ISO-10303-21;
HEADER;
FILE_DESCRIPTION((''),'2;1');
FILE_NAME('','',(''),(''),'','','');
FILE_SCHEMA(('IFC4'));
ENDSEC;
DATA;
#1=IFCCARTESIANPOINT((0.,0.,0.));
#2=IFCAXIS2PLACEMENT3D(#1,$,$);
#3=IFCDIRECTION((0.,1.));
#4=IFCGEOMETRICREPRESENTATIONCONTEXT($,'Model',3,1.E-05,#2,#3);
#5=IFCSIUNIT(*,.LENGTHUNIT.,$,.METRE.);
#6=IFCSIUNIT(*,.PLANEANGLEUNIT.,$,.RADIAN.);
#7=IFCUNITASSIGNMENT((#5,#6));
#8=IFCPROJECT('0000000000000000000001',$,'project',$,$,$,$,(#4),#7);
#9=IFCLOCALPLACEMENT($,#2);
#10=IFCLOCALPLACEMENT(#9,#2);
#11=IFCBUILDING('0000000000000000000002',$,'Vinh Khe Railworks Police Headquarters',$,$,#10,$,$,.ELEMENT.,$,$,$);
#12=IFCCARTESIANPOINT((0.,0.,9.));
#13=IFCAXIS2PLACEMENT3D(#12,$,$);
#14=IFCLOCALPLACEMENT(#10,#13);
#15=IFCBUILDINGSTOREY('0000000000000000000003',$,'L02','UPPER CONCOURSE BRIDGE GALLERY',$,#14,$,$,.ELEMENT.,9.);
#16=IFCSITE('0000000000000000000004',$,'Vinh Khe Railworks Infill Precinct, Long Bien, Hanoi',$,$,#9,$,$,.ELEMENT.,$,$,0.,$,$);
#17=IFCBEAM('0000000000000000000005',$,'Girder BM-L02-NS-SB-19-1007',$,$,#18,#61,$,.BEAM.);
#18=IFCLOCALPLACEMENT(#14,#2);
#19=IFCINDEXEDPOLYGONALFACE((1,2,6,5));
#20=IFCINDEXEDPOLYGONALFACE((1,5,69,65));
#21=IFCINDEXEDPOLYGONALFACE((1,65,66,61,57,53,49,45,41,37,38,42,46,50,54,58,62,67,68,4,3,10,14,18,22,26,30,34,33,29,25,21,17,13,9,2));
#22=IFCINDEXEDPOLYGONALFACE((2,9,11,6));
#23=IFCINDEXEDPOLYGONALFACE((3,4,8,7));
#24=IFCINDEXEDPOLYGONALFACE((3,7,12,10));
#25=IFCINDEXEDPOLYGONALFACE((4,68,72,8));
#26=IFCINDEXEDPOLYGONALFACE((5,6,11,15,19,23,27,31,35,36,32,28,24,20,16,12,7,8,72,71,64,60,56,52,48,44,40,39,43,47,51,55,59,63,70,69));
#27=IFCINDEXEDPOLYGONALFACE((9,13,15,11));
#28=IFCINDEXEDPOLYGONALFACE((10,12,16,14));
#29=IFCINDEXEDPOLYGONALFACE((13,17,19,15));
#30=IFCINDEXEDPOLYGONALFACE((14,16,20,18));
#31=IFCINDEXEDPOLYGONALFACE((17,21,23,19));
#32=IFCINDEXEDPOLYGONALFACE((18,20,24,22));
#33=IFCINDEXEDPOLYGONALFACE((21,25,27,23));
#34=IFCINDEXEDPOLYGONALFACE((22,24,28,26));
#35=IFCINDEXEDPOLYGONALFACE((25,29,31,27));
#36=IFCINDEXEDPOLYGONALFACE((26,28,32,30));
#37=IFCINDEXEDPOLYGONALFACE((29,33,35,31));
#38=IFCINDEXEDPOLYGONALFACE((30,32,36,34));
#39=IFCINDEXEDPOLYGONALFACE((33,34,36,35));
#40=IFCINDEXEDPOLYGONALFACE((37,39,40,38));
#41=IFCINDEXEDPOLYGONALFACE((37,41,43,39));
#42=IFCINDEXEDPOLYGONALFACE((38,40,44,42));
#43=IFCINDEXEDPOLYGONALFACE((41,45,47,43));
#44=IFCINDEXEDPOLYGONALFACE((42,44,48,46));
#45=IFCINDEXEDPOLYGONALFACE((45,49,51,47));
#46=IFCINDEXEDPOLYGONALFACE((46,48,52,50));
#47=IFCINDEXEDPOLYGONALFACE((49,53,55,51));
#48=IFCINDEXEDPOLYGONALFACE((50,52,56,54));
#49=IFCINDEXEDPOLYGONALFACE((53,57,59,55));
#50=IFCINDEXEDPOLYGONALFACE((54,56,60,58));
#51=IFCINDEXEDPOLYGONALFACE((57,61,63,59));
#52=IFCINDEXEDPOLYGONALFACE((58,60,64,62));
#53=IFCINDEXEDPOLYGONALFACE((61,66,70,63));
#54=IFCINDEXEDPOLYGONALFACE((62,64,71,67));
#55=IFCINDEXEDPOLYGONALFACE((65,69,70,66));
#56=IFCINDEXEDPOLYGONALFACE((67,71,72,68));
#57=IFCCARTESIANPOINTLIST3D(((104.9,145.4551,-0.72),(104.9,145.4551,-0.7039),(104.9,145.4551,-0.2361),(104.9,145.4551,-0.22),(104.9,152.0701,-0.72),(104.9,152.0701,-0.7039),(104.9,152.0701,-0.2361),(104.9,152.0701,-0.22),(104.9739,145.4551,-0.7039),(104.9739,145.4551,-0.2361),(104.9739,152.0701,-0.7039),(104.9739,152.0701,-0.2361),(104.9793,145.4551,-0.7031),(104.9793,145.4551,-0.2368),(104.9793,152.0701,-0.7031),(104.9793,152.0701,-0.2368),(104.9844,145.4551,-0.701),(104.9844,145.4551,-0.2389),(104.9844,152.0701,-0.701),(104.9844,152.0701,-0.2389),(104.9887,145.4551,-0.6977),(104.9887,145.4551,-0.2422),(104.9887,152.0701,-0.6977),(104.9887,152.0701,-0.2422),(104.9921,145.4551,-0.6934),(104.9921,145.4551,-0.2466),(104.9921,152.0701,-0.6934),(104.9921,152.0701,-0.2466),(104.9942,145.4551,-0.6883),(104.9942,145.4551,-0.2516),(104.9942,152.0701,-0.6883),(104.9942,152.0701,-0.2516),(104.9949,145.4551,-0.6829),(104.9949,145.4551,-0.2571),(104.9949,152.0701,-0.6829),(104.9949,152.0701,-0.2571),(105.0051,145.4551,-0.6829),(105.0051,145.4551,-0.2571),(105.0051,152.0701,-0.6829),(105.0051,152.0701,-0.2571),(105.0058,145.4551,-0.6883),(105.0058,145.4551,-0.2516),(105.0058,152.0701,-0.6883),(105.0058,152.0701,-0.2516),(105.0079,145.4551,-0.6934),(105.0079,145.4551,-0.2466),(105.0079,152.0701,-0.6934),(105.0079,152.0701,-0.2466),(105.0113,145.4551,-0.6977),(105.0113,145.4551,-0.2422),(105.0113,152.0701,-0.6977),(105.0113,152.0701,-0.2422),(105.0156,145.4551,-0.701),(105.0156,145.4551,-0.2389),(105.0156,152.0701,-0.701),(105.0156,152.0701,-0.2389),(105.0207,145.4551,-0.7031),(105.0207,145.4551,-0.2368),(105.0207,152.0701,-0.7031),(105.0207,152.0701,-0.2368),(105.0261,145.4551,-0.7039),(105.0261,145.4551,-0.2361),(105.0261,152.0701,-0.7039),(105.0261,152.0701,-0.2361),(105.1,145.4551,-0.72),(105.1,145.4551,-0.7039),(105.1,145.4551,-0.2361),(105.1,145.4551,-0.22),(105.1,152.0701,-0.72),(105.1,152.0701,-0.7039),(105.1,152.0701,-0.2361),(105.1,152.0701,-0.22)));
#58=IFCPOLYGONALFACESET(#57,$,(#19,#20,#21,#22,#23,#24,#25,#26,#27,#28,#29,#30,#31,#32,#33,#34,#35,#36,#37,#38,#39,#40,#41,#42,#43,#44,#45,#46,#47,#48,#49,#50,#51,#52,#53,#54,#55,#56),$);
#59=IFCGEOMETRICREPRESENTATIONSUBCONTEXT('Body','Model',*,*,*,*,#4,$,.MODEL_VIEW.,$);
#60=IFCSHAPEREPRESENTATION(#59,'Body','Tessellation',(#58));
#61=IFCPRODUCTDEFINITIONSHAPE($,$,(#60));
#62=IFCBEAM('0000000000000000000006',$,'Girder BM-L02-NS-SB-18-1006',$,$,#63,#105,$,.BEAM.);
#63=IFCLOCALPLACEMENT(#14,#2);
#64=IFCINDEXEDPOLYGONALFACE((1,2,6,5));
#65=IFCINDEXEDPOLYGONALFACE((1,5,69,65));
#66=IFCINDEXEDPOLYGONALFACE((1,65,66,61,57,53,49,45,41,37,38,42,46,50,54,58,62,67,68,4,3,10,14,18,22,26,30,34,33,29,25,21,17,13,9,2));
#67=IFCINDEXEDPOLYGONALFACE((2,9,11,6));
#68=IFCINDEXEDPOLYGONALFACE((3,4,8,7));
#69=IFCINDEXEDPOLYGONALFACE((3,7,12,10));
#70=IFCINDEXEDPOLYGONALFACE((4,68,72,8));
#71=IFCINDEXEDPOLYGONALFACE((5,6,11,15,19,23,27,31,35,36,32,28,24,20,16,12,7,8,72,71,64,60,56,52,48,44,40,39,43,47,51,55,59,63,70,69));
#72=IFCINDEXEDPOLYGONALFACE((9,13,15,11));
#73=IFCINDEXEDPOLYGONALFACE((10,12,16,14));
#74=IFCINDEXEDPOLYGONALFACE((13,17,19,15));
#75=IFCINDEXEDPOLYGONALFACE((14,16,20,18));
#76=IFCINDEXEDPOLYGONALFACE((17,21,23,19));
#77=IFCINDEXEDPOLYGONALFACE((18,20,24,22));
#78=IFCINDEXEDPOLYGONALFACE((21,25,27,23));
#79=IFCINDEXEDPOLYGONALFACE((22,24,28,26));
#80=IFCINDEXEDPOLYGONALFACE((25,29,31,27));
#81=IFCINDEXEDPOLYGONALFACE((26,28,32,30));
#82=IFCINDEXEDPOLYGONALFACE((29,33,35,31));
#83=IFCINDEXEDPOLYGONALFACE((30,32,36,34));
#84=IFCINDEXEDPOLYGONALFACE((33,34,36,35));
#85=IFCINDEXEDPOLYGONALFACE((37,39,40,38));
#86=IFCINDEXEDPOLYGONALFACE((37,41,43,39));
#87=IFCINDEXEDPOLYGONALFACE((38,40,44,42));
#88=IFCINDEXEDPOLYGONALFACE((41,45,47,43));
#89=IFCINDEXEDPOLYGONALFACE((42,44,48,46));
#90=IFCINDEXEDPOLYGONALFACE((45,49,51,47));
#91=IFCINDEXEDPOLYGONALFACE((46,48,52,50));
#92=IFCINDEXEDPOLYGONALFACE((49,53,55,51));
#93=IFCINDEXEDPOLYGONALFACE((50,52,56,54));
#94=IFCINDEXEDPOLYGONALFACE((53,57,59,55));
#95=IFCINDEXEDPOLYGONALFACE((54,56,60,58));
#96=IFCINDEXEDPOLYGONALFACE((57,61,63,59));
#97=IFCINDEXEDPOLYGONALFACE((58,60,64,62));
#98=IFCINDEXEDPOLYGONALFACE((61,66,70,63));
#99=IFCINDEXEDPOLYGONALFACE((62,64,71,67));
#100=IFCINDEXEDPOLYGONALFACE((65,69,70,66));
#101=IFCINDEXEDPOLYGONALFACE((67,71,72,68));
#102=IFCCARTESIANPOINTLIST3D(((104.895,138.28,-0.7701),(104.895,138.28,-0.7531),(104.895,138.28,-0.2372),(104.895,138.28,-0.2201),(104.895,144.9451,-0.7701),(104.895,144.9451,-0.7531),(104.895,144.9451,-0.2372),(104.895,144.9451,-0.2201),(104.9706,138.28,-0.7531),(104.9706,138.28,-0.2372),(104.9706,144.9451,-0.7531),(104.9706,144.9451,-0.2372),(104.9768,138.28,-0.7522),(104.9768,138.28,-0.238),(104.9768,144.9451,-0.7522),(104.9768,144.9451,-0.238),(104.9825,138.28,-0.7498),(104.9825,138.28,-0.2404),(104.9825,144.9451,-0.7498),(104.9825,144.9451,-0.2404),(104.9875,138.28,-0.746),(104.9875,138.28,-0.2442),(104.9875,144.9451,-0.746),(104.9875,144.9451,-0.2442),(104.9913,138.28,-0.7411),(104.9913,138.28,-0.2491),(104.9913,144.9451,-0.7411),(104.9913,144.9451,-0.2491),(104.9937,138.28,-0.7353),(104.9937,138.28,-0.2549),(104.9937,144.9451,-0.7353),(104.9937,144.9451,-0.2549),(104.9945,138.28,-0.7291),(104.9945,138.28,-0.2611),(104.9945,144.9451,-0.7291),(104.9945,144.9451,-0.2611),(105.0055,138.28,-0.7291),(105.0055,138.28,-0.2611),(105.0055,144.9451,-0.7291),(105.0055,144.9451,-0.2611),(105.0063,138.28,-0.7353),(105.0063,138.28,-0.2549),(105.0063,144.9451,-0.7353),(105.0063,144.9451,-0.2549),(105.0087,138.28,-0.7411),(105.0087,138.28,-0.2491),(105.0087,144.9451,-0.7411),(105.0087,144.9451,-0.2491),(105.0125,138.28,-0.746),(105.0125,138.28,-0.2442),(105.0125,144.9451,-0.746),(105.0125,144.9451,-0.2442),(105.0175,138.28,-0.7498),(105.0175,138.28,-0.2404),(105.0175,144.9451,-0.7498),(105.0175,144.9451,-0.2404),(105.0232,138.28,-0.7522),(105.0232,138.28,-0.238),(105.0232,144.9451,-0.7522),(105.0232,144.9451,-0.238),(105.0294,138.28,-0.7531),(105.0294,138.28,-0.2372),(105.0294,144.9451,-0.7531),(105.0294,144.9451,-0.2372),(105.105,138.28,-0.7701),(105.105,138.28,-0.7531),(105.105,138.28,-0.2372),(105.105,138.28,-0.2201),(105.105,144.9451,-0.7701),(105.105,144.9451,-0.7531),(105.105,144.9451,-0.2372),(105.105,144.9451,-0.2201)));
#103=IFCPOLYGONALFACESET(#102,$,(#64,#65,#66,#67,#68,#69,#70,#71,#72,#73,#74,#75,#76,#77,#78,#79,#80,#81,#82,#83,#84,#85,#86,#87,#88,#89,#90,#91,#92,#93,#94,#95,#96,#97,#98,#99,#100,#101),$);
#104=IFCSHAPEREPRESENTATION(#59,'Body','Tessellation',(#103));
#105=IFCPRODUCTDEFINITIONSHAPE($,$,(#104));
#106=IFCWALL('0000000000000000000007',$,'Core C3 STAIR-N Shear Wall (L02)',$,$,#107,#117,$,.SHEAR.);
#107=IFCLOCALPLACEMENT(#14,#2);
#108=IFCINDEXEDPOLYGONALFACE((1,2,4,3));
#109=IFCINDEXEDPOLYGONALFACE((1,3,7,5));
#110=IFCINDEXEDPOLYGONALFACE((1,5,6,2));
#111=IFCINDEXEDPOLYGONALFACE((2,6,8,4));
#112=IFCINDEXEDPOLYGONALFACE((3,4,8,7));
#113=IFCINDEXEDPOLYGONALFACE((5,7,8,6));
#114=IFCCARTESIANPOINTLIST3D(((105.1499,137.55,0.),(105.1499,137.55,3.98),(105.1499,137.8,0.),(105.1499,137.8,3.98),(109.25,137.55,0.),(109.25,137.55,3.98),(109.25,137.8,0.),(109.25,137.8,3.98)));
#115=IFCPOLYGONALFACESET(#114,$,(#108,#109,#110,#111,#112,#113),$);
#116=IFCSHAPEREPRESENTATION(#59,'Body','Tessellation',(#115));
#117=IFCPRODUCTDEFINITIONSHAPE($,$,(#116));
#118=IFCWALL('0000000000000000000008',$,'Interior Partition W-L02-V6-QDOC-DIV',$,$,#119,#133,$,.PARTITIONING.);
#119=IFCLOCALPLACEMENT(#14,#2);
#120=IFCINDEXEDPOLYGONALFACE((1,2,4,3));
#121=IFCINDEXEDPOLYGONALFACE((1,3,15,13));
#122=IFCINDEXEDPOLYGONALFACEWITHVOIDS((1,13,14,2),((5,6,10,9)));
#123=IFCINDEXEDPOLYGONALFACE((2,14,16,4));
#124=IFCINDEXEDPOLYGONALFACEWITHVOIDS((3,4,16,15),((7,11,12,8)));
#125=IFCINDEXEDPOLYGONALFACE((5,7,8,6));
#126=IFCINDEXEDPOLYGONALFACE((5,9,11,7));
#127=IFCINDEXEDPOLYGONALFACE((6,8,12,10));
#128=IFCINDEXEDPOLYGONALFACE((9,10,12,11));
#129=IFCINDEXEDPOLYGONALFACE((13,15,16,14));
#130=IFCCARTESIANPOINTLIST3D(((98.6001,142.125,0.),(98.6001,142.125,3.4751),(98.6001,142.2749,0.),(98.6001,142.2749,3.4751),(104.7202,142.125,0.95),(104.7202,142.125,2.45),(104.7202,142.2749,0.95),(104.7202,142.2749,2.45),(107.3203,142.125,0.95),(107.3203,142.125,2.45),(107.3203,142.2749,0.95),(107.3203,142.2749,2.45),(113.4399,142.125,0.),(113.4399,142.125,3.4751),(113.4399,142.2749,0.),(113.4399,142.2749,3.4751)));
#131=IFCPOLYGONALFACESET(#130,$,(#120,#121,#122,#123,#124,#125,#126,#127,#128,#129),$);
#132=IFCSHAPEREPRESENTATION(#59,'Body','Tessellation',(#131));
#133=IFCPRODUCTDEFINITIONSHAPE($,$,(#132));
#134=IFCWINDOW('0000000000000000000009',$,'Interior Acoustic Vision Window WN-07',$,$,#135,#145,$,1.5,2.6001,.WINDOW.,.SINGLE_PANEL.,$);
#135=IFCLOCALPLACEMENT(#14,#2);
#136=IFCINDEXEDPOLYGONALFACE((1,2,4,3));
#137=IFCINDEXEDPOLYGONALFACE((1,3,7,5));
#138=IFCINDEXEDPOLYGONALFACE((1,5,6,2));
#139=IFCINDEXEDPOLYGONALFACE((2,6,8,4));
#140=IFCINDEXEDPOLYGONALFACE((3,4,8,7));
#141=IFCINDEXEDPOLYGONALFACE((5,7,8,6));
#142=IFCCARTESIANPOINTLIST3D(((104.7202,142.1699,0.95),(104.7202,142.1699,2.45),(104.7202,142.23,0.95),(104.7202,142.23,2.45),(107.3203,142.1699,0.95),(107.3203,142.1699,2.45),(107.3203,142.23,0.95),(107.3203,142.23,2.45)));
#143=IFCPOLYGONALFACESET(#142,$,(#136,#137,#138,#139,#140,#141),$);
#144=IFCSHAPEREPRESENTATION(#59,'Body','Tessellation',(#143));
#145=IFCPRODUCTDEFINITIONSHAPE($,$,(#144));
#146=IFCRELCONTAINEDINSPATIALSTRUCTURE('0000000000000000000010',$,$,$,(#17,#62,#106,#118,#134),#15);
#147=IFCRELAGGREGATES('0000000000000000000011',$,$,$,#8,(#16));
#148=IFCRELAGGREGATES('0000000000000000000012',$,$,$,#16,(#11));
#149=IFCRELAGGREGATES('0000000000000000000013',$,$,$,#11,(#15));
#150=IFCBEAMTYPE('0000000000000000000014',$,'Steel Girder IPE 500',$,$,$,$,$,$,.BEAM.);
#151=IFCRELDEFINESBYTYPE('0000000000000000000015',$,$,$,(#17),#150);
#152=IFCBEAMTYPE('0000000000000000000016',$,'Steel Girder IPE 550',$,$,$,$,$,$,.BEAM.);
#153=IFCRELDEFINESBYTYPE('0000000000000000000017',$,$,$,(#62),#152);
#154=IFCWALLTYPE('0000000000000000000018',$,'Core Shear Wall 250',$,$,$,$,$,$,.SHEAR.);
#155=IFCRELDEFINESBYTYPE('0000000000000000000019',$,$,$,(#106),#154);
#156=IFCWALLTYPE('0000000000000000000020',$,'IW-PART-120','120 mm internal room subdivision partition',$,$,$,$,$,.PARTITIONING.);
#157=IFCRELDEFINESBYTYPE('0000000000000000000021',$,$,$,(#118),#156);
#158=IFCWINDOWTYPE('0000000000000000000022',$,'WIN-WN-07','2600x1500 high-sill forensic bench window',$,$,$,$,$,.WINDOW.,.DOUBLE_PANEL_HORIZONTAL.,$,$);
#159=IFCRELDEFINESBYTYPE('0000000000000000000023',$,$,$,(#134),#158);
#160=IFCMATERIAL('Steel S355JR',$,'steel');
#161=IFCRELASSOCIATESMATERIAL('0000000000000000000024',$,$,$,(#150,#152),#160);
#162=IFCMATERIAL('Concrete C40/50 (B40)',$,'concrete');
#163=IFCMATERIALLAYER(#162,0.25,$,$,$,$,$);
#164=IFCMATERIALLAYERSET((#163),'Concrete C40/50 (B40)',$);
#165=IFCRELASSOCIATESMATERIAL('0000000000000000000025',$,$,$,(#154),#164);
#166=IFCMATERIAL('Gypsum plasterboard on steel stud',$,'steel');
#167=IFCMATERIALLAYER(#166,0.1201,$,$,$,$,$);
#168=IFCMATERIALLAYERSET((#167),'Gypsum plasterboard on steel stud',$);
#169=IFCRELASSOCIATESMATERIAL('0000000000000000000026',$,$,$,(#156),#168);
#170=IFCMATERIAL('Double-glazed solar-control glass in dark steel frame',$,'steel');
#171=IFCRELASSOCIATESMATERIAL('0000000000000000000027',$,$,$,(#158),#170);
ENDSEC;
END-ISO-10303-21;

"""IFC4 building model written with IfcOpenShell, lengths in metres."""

from ifc_helpers import new_model, si_unit, direction, frame, frame_2d, origin, origin_2d, place, context, subcontext, project, spatial, rectangle, i_section, extrude, material, layer, layer_set, material_profile, profile_set, type_object, element, fill, save


model = new_model("IFC4")

# Units and contexts
model_context = context("Model", 3, precision=1e-05, world=origin(), true_north=direction((0.0, 1.0)))
body_context = subcontext(model_context, "Body", "Model", "MODEL_VIEW")
ifc_project = project(units=[si_unit("LENGTHUNIT", "METRE"), si_unit("PLANEANGLEUNIT", "RADIAN")], contexts=[model_context])

# Site, building, storey
site_placement = place(None, origin())
site = spatial("IfcSite", under=ifc_project, at=site_placement, Name="Vinh Khe Railworks Infill Precinct, Long Bien, Hanoi", CompositionType="ELEMENT", RefElevation=0.0)
building_placement = place(site_placement, origin())
building = spatial("IfcBuilding", under=site, at=building_placement, Name="Vinh Khe Railworks Police Headquarters", CompositionType="ELEMENT")
storey_placement = place(building_placement, frame((0.0, 0.0, 9.0)))
storey = spatial("IfcBuildingStorey", under=building, at=storey_placement, Name="L02", Description="UPPER CONCOURSE BRIDGE GALLERY", CompositionType="ELEMENT", Elevation=9.0)

# Shared definitions
ifc_material_1 = material(Name="Steel S355JR", Category="steel")

# Beams
ifc_material_profile_1 = material_profile(ifc_material_1, i_section(OverallWidth=0.2, OverallDepth=0.5, WebThickness=0.0103, FlangeThickness=0.0161, FilletRadius=0.021, at=origin_2d()), Name="IPE 500")
ifc_profile_set_1 = profile_set([ifc_material_profile_1], Name="Steel S355JR")
beam_type_1 = type_object("IfcBeamType", Name="Steel Girder IPE 500", PredefinedType="BEAM", material=ifc_profile_set_1)
beam_1_placement = place(storey_placement, frame((105.0, 145.4551, -0.47), z_axis=(0.0, 1.0, 0.0), x_axis=(-1.0, 0.0, 0.0)))
element("IfcBeam", 1, at=beam_1_placement, inside=storey, type_object=beam_type_1, Name="Girder BM-L02-NS-SB-19-1007", PredefinedType="BEAM", context=body_context, shape_type="SweptSolid", body=[
    extrude(i_section(OverallWidth=0.2, OverallDepth=0.5, WebThickness=0.0103, FlangeThickness=0.0161, FilletRadius=0.021, at=origin_2d()), origin(), (0.0, 0.0, 1.0), 6.615),
])
ifc_material_profile_2 = material_profile(ifc_material_1, i_section(OverallWidth=0.21, OverallDepth=0.55, WebThickness=0.011, FlangeThickness=0.0171, FilletRadius=0.0239, at=origin_2d()), Name="IPE 550")
ifc_profile_set_2 = profile_set([ifc_material_profile_2], Name="Steel S355JR")
beam_type_2 = type_object("IfcBeamType", Name="Steel Girder IPE 550", PredefinedType="BEAM", material=ifc_profile_set_2)
beam_2_placement = place(storey_placement, frame((105.0, 138.28, -0.4951), z_axis=(0.0, 1.0, 0.0), x_axis=(-1.0, 0.0, 0.0)))
element("IfcBeam", 2, at=beam_2_placement, inside=storey, type_object=beam_type_2, Name="Girder BM-L02-NS-SB-18-1006", PredefinedType="BEAM", context=body_context, shape_type="SweptSolid", body=[
    extrude(i_section(OverallWidth=0.21, OverallDepth=0.55, WebThickness=0.011, FlangeThickness=0.0171, FilletRadius=0.0239, at=origin_2d()), origin(), (0.0, 0.0, 1.0), 6.665),
])

# Wall
ifc_material_2 = material(Name="Concrete C40/50 (B40)", Category="concrete")
ifc_layer_1 = layer(ifc_material_2, 0.25)
ifc_layer_set_1 = layer_set([ifc_layer_1], Name="Concrete C40/50 (B40)")
wall_type_1 = type_object("IfcWallType", Name="Core Shear Wall 250", PredefinedType="SHEAR", material=ifc_layer_set_1)
wall_1_placement = place(storey_placement, frame((105.1499, 137.675, 0.0), z_axis=(0.0, 0.0, 1.0), x_axis=(1.0, 0.0, 0.0)))
element("IfcWall", 3, at=wall_1_placement, inside=storey, type_object=wall_type_1, Name="Core C3 STAIR-N Shear Wall (L02)", PredefinedType="SHEAR", context=body_context, shape_type="SweptSolid", body=[
    extrude(rectangle(XDim=4.1001, YDim=0.25, at=frame_2d((2.05, 0.0))), origin(), (0.0, 0.0, 1.0), 3.98),
])

# Wall, opening, window
ifc_material_3 = material(Name="Gypsum plasterboard on steel stud", Category="steel")
ifc_layer_2 = layer(ifc_material_3, 0.1201)
ifc_layer_set_2 = layer_set([ifc_layer_2], Name="Gypsum plasterboard on steel stud")
wall_type_2 = type_object("IfcWallType", Name="IW-PART-120", Description="120 mm internal room subdivision partition", PredefinedType="PARTITIONING", material=ifc_layer_set_2)
wall_2_placement = place(storey_placement, frame((98.6001, 142.2, 0.0), z_axis=(0.0, 0.0, 1.0), x_axis=(1.0, 0.0, 0.0)))
wall_2 = element("IfcWall", 4, at=wall_2_placement, inside=storey, type_object=wall_type_2, Name="Interior Partition W-L02-V6-QDOC-DIV", PredefinedType="PARTITIONING", context=body_context, shape_type="SweptSolid", body=[
    extrude(rectangle(XDim=14.8398, YDim=0.1499, at=frame_2d((7.4199, 0.0))), origin(), (0.0, 0.0, 1.0), 3.4751),
])
opening_1_placement = place(wall_2_placement, frame((6.1201, 0.0, 0.95)))
opening_1 = element("IfcOpeningElement", 5, at=opening_1_placement, cuts=wall_2, PredefinedType="OPENING", context=body_context, shape_type="SweptSolid", body=[
    extrude(rectangle(XDim=2.6001, YDim=1.5, at=frame_2d((1.3, 0.75))), frame((0.0, 0.0898, 0.0), z_axis=(0.0, -1.0, 0.0), x_axis=(1.0, 0.0, 0.0)), (0.0, 0.0, 1.0), 0.1797),
])
ifc_material_4 = material(Name="Double-glazed solar-control glass in dark steel frame", Category="steel")
window_type = type_object("IfcWindowType", Name="WIN-WN-07", Description="2600x1500 high-sill forensic bench window", PartitioningType="DOUBLE_PANEL_HORIZONTAL", PredefinedType="WINDOW", material=ifc_material_4)
window_1_placement = place(opening_1_placement, origin())
window_1 = element("IfcWindow", 6, at=window_1_placement, inside=storey, type_object=window_type, Name="Interior Acoustic Vision Window WN-07", OverallHeight=1.5, OverallWidth=2.6001, PartitioningType="SINGLE_PANEL", PredefinedType="WINDOW", context=body_context, shape_type="SweptSolid", body=[
    extrude(rectangle(XDim=2.6001, YDim=1.5, at=frame_2d((1.3, 0.75))), frame((0.0, 0.03, 0.0), z_axis=(0.0, -1.0, 0.0), x_axis=(1.0, 0.0, 0.0)), (0.0, 0.0, 1.0), 0.0601),
])
fill(opening_1, window_1)

save(model, "model.ifc")
